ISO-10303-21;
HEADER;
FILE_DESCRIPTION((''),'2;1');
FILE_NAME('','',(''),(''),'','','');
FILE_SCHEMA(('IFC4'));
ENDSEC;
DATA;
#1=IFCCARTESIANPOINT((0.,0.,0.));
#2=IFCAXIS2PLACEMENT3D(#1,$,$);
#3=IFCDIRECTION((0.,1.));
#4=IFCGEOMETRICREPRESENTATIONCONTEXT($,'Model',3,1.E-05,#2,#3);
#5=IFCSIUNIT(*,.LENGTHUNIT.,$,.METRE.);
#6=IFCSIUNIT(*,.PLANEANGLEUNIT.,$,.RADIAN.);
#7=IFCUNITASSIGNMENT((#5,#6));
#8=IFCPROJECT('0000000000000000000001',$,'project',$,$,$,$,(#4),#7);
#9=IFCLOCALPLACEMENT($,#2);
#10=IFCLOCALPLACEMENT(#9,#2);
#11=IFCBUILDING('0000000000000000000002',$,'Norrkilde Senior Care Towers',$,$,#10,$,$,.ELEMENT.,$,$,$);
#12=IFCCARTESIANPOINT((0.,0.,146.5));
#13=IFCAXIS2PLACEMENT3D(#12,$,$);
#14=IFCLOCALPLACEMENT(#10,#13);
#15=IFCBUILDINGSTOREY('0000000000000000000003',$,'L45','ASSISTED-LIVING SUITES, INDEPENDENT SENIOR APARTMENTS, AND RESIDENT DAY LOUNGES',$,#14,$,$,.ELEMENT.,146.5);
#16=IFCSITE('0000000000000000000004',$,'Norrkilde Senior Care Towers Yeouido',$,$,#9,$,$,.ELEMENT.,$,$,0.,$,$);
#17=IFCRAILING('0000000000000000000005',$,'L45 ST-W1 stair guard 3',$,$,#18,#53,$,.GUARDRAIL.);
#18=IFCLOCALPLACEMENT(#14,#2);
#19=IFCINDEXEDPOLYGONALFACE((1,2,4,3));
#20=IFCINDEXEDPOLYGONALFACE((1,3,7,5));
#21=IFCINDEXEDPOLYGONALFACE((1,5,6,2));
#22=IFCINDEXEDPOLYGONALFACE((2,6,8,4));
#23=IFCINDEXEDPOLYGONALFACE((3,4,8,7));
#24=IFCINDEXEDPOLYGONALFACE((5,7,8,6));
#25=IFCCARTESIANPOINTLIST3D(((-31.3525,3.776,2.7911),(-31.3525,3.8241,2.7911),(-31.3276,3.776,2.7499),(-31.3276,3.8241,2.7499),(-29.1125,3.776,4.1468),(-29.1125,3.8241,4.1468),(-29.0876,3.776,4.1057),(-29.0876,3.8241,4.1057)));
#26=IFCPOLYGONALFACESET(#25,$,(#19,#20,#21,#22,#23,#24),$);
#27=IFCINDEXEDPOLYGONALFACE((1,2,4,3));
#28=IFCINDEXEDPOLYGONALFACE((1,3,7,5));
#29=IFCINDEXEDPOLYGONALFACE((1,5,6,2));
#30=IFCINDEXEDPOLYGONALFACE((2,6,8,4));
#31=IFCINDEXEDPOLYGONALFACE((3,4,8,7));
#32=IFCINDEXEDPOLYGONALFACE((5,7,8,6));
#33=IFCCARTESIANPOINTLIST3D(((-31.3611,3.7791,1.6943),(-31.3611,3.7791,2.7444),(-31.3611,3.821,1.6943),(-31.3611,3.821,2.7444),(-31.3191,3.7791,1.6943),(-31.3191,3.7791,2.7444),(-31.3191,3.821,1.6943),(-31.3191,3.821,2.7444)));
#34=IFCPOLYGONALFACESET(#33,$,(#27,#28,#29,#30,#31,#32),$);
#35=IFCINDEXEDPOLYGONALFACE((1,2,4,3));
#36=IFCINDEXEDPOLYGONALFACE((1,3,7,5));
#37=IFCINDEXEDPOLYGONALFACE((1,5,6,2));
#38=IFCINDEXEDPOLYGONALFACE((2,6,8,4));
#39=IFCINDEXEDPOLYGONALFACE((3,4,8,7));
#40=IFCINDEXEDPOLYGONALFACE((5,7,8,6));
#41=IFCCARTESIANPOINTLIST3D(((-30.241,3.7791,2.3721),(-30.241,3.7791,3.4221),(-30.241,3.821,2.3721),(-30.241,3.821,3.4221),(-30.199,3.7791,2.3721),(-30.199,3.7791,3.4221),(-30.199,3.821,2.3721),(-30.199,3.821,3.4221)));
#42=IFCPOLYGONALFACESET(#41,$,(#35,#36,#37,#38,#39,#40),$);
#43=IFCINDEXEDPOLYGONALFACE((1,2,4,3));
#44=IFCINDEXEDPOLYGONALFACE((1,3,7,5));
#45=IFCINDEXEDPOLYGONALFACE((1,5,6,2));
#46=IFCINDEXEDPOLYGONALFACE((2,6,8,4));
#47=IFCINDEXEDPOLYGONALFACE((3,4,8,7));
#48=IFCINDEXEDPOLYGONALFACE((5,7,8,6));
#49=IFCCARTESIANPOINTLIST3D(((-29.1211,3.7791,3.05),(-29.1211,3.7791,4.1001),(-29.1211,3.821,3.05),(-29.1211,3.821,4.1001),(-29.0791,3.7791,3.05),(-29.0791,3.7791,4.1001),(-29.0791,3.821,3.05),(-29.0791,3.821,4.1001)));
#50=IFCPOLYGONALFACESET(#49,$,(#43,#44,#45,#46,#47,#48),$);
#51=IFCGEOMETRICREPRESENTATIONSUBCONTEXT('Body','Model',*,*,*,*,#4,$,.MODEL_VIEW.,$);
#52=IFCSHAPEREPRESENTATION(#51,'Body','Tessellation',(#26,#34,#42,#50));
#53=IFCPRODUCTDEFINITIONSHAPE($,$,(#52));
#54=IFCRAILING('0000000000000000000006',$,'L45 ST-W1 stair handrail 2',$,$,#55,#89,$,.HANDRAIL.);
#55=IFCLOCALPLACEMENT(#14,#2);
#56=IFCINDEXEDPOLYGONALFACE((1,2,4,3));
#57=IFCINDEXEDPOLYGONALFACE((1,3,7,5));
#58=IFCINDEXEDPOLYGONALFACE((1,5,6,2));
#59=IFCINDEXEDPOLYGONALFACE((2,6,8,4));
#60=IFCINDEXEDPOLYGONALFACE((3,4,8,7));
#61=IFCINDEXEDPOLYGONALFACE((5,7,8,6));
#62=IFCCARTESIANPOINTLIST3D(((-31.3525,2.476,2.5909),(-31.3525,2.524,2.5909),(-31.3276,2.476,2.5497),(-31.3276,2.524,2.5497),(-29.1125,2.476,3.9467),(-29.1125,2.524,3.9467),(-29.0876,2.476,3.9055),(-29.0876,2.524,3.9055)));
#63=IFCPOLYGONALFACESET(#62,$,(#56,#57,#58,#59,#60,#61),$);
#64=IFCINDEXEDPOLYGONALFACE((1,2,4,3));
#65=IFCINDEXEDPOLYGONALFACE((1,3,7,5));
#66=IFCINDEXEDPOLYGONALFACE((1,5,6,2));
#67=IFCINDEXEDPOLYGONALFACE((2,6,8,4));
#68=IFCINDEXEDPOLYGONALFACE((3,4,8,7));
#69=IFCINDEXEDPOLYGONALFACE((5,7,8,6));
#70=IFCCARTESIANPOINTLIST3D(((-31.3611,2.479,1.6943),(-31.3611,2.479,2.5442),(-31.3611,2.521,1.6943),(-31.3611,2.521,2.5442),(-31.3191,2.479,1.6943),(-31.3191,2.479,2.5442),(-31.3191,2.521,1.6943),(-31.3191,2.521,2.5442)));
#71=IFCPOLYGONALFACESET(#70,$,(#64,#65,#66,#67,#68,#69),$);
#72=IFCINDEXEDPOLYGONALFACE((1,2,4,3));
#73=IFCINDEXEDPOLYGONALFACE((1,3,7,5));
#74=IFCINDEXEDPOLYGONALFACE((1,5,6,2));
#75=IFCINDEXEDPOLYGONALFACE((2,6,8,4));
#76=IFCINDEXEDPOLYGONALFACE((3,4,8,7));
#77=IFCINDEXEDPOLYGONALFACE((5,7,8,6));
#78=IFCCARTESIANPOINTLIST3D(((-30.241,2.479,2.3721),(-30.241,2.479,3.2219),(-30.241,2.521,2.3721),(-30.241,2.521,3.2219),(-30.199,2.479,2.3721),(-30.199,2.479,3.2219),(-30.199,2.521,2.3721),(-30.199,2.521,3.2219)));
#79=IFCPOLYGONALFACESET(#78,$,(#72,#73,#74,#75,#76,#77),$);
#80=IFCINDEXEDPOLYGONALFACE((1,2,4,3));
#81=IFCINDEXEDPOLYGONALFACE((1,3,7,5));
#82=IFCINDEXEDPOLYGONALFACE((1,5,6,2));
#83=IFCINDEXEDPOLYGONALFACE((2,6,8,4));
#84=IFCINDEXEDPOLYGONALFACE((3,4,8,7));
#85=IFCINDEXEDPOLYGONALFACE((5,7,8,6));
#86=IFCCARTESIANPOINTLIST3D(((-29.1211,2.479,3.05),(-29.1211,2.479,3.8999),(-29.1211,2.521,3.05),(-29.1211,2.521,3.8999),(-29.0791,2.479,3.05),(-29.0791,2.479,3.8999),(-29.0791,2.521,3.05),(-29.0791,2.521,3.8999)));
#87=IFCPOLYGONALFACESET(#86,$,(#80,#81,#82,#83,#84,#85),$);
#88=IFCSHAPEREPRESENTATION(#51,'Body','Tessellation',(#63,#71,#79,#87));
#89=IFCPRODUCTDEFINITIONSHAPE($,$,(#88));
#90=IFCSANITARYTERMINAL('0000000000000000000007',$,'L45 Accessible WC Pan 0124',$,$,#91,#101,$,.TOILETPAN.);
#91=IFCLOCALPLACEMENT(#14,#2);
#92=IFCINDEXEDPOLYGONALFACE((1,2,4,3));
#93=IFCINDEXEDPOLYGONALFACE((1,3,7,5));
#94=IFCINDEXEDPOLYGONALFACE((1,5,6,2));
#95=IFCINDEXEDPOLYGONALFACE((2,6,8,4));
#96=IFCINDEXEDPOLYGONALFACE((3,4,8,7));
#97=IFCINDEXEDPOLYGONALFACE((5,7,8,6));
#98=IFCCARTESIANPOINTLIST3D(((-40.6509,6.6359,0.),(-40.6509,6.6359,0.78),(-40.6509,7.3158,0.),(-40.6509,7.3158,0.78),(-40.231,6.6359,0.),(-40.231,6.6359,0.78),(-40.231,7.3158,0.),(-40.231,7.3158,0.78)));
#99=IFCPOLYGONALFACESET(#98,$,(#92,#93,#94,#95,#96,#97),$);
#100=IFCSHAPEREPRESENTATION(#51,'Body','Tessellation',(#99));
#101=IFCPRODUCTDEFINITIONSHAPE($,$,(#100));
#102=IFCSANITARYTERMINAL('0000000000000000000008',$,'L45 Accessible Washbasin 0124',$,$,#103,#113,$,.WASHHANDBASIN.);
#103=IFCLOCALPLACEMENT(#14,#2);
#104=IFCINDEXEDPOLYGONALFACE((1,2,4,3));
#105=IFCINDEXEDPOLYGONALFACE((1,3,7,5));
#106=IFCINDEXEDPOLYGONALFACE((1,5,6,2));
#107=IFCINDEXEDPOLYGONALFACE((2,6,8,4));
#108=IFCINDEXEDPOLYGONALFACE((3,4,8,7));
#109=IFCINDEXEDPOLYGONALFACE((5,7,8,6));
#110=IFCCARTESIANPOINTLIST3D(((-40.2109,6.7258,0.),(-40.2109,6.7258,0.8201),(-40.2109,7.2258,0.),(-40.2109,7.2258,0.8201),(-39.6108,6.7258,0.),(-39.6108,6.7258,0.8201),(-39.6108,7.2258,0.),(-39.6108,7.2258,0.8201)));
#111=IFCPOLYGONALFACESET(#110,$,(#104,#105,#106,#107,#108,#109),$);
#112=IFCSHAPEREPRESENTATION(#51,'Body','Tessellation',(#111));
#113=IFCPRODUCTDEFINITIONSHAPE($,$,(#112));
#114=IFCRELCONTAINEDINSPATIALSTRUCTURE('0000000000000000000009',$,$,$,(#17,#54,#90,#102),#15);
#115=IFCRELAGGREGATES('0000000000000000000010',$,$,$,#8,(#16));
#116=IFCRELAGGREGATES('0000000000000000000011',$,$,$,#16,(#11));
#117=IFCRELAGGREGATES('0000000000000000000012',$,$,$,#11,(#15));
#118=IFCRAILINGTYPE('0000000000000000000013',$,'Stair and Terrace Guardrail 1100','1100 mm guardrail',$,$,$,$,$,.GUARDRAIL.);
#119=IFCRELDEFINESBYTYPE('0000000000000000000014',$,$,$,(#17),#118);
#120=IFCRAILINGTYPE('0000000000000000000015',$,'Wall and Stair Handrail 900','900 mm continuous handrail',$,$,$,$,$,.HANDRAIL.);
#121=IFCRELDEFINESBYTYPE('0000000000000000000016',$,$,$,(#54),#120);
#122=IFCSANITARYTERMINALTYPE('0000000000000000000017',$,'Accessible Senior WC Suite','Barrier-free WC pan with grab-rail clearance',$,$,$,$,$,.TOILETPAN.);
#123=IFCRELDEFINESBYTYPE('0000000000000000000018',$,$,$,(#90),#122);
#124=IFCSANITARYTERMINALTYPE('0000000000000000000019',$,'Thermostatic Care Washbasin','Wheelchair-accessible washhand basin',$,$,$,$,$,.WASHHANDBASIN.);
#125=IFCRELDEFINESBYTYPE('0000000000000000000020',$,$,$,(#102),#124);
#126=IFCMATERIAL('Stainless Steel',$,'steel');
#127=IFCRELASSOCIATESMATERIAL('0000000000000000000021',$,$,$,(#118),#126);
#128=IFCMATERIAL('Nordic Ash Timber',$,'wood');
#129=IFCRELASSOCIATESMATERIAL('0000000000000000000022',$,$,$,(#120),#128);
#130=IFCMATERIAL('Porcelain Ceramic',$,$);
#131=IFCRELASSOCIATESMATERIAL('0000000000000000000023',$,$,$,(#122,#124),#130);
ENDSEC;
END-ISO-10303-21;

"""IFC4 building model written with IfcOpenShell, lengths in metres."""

from ifc_helpers import new_model, si_unit, direction, frame, origin, origin_2d, place, context, subcontext, project, spatial, rectangle, extrude, source, transform, mapped, material, type_object, type_shapes, element, save


model = new_model("IFC4")

# Units and contexts
model_context = context("Model", 3, precision=1e-05, world=origin(), true_north=direction((0.0, 1.0)))
body_context = subcontext(model_context, "Body", "Model", "MODEL_VIEW")
ifc_project = project(units=[si_unit("LENGTHUNIT", "METRE"), si_unit("PLANEANGLEUNIT", "RADIAN")], contexts=[model_context])

# Site, building, storey
site_placement = place(None, origin())
site = spatial("IfcSite", under=ifc_project, at=site_placement, Name="Norrkilde Senior Care Towers Yeouido", CompositionType="ELEMENT", RefElevation=0.0)
building_placement = place(site_placement, origin())
building = spatial("IfcBuilding", under=site, at=building_placement, Name="Norrkilde Senior Care Towers", CompositionType="ELEMENT")
storey_placement = place(building_placement, frame((0.0, 0.0, 146.5)))
storey = spatial("IfcBuildingStorey", under=building, at=storey_placement, Name="L45", Description="ASSISTED-LIVING SUITES, INDEPENDENT SENIOR APARTMENTS, AND RESIDENT DAY LOUNGES", CompositionType="ELEMENT", Elevation=146.5)

# Railings
ifc_material_1 = material(Name="Stainless Steel", Category="steel")
railing_type_1 = type_object("IfcRailingType", Name="Stair and Terrace Guardrail 1100", Description="1100 mm guardrail", PredefinedType="GUARDRAIL", material=ifc_material_1)
railing_1_placement = place(storey_placement, frame((-31.3401, 3.8, 1.6943)))
element("IfcRailing", 1, at=railing_1_placement, inside=storey, type_object=railing_type_1, Name="L45 ST-W1 stair guard 3", PredefinedType="GUARDRAIL", context=body_context, shape_type="SweptSolid", body=[
    extrude(rectangle(XDim=0.0481, YDim=0.0481, at=origin_2d()), frame((0.0, 0.0, 1.0762), z_axis=(0.855512, 0.0, 0.517783), x_axis=(0.0, 1.0, 0.0)), (0.0, 0.0, 1.0), 2.6184),
    extrude(rectangle(XDim=0.042, YDim=0.042, at=origin_2d()), origin(), (0.0, 0.0, 1.0), 1.05),
    extrude(rectangle(XDim=0.042, YDim=0.042, at=origin_2d()), frame((1.1201, 0.0, 0.6777)), (0.0, 0.0, 1.0), 1.05),
    extrude(rectangle(XDim=0.042, YDim=0.042, at=origin_2d()), frame((2.24, 0.0, 1.3557)), (0.0, 0.0, 1.0), 1.05),
])
ifc_material_2 = material(Name="Nordic Ash Timber", Category="wood")
railing_type_2 = type_object("IfcRailingType", Name="Wall and Stair Handrail 900", Description="900 mm continuous handrail", PredefinedType="HANDRAIL", material=ifc_material_2)
railing_2_placement = place(storey_placement, frame((-31.3401, 2.5, 1.6943)))
element("IfcRailing", 2, at=railing_2_placement, inside=storey, type_object=railing_type_2, Name="L45 ST-W1 stair handrail 2", PredefinedType="HANDRAIL", context=body_context, shape_type="SweptSolid", body=[
    extrude(rectangle(XDim=0.0481, YDim=0.0481, at=origin_2d()), frame((0.0, 0.0, 0.876), z_axis=(0.855512, 0.0, 0.517783), x_axis=(0.0, 1.0, 0.0)), (0.0, 0.0, 1.0), 2.6184),
    extrude(rectangle(XDim=0.042, YDim=0.042, at=origin_2d()), origin(), (0.0, 0.0, 1.0), 0.8499),
    extrude(rectangle(XDim=0.042, YDim=0.042, at=origin_2d()), frame((1.1201, 0.0, 0.6777)), (0.0, 0.0, 1.0), 0.8499),
    extrude(rectangle(XDim=0.042, YDim=0.042, at=origin_2d()), frame((2.24, 0.0, 1.3557)), (0.0, 0.0, 1.0), 0.8499),
])

# Sanitary terminals
ifc_material_3 = material(Name="Porcelain Ceramic")
sanitary_terminal_type_1 = type_object("IfcSanitaryTerminalType", Name="Accessible Senior WC Suite", Description="Barrier-free WC pan with grab-rail clearance", PredefinedType="TOILETPAN", material=ifc_material_3)
shared_shape_1 = source(origin(), body_context, "Body", "SweptSolid", [
    extrude(rectangle(XDim=0.4199, YDim=0.6799, at=origin_2d()), origin(), (0.0, 0.0, 1.0), 0.78),
])
type_shapes(sanitary_terminal_type_1, [shared_shape_1])
sanitary_terminal_1_placement = place(storey_placement, frame((-40.4409, 6.9758, 0.0), z_axis=(0.0, 0.0, 1.0), x_axis=(1.0, 0.0, 0.0)))
element("IfcSanitaryTerminal", 3, at=sanitary_terminal_1_placement, inside=storey, type_object=sanitary_terminal_type_1, Name="L45 Accessible WC Pan 0124", PredefinedType="TOILETPAN", context=body_context, shape_type="MappedRepresentation", body=[
    mapped(shared_shape_1, transform((0.0, 0.0, 0.0), x_axis=(1.0, 0.0, 0.0), y_axis=(0.0, 1.0, 0.0), z_axis=(0.0, 0.0, 1.0), scale=1.0)),
])
sanitary_terminal_type_2 = type_object("IfcSanitaryTerminalType", Name="Thermostatic Care Washbasin", Description="Wheelchair-accessible washhand basin", PredefinedType="WASHHANDBASIN", material=ifc_material_3)
shared_shape_2 = source(origin(), body_context, "Body", "SweptSolid", [
    extrude(rectangle(XDim=0.6001, YDim=0.5, at=origin_2d()), origin(), (0.0, 0.0, 1.0), 0.8201),
])
type_shapes(sanitary_terminal_type_2, [shared_shape_2])
sanitary_terminal_2_placement = place(storey_placement, frame((-39.9109, 6.9758, 0.0), z_axis=(0.0, 0.0, 1.0), x_axis=(1.0, 0.0, 0.0)))
element("IfcSanitaryTerminal", 4, at=sanitary_terminal_2_placement, inside=storey, type_object=sanitary_terminal_type_2, Name="L45 Accessible Washbasin 0124", PredefinedType="WASHHANDBASIN", context=body_context, shape_type="MappedRepresentation", body=[
    mapped(shared_shape_2, transform((0.0, 0.0, 0.0), x_axis=(1.0, 0.0, 0.0), y_axis=(0.0, 1.0, 0.0), z_axis=(0.0, 0.0, 1.0), scale=1.0)),
])

save(model, "model.ifc")
